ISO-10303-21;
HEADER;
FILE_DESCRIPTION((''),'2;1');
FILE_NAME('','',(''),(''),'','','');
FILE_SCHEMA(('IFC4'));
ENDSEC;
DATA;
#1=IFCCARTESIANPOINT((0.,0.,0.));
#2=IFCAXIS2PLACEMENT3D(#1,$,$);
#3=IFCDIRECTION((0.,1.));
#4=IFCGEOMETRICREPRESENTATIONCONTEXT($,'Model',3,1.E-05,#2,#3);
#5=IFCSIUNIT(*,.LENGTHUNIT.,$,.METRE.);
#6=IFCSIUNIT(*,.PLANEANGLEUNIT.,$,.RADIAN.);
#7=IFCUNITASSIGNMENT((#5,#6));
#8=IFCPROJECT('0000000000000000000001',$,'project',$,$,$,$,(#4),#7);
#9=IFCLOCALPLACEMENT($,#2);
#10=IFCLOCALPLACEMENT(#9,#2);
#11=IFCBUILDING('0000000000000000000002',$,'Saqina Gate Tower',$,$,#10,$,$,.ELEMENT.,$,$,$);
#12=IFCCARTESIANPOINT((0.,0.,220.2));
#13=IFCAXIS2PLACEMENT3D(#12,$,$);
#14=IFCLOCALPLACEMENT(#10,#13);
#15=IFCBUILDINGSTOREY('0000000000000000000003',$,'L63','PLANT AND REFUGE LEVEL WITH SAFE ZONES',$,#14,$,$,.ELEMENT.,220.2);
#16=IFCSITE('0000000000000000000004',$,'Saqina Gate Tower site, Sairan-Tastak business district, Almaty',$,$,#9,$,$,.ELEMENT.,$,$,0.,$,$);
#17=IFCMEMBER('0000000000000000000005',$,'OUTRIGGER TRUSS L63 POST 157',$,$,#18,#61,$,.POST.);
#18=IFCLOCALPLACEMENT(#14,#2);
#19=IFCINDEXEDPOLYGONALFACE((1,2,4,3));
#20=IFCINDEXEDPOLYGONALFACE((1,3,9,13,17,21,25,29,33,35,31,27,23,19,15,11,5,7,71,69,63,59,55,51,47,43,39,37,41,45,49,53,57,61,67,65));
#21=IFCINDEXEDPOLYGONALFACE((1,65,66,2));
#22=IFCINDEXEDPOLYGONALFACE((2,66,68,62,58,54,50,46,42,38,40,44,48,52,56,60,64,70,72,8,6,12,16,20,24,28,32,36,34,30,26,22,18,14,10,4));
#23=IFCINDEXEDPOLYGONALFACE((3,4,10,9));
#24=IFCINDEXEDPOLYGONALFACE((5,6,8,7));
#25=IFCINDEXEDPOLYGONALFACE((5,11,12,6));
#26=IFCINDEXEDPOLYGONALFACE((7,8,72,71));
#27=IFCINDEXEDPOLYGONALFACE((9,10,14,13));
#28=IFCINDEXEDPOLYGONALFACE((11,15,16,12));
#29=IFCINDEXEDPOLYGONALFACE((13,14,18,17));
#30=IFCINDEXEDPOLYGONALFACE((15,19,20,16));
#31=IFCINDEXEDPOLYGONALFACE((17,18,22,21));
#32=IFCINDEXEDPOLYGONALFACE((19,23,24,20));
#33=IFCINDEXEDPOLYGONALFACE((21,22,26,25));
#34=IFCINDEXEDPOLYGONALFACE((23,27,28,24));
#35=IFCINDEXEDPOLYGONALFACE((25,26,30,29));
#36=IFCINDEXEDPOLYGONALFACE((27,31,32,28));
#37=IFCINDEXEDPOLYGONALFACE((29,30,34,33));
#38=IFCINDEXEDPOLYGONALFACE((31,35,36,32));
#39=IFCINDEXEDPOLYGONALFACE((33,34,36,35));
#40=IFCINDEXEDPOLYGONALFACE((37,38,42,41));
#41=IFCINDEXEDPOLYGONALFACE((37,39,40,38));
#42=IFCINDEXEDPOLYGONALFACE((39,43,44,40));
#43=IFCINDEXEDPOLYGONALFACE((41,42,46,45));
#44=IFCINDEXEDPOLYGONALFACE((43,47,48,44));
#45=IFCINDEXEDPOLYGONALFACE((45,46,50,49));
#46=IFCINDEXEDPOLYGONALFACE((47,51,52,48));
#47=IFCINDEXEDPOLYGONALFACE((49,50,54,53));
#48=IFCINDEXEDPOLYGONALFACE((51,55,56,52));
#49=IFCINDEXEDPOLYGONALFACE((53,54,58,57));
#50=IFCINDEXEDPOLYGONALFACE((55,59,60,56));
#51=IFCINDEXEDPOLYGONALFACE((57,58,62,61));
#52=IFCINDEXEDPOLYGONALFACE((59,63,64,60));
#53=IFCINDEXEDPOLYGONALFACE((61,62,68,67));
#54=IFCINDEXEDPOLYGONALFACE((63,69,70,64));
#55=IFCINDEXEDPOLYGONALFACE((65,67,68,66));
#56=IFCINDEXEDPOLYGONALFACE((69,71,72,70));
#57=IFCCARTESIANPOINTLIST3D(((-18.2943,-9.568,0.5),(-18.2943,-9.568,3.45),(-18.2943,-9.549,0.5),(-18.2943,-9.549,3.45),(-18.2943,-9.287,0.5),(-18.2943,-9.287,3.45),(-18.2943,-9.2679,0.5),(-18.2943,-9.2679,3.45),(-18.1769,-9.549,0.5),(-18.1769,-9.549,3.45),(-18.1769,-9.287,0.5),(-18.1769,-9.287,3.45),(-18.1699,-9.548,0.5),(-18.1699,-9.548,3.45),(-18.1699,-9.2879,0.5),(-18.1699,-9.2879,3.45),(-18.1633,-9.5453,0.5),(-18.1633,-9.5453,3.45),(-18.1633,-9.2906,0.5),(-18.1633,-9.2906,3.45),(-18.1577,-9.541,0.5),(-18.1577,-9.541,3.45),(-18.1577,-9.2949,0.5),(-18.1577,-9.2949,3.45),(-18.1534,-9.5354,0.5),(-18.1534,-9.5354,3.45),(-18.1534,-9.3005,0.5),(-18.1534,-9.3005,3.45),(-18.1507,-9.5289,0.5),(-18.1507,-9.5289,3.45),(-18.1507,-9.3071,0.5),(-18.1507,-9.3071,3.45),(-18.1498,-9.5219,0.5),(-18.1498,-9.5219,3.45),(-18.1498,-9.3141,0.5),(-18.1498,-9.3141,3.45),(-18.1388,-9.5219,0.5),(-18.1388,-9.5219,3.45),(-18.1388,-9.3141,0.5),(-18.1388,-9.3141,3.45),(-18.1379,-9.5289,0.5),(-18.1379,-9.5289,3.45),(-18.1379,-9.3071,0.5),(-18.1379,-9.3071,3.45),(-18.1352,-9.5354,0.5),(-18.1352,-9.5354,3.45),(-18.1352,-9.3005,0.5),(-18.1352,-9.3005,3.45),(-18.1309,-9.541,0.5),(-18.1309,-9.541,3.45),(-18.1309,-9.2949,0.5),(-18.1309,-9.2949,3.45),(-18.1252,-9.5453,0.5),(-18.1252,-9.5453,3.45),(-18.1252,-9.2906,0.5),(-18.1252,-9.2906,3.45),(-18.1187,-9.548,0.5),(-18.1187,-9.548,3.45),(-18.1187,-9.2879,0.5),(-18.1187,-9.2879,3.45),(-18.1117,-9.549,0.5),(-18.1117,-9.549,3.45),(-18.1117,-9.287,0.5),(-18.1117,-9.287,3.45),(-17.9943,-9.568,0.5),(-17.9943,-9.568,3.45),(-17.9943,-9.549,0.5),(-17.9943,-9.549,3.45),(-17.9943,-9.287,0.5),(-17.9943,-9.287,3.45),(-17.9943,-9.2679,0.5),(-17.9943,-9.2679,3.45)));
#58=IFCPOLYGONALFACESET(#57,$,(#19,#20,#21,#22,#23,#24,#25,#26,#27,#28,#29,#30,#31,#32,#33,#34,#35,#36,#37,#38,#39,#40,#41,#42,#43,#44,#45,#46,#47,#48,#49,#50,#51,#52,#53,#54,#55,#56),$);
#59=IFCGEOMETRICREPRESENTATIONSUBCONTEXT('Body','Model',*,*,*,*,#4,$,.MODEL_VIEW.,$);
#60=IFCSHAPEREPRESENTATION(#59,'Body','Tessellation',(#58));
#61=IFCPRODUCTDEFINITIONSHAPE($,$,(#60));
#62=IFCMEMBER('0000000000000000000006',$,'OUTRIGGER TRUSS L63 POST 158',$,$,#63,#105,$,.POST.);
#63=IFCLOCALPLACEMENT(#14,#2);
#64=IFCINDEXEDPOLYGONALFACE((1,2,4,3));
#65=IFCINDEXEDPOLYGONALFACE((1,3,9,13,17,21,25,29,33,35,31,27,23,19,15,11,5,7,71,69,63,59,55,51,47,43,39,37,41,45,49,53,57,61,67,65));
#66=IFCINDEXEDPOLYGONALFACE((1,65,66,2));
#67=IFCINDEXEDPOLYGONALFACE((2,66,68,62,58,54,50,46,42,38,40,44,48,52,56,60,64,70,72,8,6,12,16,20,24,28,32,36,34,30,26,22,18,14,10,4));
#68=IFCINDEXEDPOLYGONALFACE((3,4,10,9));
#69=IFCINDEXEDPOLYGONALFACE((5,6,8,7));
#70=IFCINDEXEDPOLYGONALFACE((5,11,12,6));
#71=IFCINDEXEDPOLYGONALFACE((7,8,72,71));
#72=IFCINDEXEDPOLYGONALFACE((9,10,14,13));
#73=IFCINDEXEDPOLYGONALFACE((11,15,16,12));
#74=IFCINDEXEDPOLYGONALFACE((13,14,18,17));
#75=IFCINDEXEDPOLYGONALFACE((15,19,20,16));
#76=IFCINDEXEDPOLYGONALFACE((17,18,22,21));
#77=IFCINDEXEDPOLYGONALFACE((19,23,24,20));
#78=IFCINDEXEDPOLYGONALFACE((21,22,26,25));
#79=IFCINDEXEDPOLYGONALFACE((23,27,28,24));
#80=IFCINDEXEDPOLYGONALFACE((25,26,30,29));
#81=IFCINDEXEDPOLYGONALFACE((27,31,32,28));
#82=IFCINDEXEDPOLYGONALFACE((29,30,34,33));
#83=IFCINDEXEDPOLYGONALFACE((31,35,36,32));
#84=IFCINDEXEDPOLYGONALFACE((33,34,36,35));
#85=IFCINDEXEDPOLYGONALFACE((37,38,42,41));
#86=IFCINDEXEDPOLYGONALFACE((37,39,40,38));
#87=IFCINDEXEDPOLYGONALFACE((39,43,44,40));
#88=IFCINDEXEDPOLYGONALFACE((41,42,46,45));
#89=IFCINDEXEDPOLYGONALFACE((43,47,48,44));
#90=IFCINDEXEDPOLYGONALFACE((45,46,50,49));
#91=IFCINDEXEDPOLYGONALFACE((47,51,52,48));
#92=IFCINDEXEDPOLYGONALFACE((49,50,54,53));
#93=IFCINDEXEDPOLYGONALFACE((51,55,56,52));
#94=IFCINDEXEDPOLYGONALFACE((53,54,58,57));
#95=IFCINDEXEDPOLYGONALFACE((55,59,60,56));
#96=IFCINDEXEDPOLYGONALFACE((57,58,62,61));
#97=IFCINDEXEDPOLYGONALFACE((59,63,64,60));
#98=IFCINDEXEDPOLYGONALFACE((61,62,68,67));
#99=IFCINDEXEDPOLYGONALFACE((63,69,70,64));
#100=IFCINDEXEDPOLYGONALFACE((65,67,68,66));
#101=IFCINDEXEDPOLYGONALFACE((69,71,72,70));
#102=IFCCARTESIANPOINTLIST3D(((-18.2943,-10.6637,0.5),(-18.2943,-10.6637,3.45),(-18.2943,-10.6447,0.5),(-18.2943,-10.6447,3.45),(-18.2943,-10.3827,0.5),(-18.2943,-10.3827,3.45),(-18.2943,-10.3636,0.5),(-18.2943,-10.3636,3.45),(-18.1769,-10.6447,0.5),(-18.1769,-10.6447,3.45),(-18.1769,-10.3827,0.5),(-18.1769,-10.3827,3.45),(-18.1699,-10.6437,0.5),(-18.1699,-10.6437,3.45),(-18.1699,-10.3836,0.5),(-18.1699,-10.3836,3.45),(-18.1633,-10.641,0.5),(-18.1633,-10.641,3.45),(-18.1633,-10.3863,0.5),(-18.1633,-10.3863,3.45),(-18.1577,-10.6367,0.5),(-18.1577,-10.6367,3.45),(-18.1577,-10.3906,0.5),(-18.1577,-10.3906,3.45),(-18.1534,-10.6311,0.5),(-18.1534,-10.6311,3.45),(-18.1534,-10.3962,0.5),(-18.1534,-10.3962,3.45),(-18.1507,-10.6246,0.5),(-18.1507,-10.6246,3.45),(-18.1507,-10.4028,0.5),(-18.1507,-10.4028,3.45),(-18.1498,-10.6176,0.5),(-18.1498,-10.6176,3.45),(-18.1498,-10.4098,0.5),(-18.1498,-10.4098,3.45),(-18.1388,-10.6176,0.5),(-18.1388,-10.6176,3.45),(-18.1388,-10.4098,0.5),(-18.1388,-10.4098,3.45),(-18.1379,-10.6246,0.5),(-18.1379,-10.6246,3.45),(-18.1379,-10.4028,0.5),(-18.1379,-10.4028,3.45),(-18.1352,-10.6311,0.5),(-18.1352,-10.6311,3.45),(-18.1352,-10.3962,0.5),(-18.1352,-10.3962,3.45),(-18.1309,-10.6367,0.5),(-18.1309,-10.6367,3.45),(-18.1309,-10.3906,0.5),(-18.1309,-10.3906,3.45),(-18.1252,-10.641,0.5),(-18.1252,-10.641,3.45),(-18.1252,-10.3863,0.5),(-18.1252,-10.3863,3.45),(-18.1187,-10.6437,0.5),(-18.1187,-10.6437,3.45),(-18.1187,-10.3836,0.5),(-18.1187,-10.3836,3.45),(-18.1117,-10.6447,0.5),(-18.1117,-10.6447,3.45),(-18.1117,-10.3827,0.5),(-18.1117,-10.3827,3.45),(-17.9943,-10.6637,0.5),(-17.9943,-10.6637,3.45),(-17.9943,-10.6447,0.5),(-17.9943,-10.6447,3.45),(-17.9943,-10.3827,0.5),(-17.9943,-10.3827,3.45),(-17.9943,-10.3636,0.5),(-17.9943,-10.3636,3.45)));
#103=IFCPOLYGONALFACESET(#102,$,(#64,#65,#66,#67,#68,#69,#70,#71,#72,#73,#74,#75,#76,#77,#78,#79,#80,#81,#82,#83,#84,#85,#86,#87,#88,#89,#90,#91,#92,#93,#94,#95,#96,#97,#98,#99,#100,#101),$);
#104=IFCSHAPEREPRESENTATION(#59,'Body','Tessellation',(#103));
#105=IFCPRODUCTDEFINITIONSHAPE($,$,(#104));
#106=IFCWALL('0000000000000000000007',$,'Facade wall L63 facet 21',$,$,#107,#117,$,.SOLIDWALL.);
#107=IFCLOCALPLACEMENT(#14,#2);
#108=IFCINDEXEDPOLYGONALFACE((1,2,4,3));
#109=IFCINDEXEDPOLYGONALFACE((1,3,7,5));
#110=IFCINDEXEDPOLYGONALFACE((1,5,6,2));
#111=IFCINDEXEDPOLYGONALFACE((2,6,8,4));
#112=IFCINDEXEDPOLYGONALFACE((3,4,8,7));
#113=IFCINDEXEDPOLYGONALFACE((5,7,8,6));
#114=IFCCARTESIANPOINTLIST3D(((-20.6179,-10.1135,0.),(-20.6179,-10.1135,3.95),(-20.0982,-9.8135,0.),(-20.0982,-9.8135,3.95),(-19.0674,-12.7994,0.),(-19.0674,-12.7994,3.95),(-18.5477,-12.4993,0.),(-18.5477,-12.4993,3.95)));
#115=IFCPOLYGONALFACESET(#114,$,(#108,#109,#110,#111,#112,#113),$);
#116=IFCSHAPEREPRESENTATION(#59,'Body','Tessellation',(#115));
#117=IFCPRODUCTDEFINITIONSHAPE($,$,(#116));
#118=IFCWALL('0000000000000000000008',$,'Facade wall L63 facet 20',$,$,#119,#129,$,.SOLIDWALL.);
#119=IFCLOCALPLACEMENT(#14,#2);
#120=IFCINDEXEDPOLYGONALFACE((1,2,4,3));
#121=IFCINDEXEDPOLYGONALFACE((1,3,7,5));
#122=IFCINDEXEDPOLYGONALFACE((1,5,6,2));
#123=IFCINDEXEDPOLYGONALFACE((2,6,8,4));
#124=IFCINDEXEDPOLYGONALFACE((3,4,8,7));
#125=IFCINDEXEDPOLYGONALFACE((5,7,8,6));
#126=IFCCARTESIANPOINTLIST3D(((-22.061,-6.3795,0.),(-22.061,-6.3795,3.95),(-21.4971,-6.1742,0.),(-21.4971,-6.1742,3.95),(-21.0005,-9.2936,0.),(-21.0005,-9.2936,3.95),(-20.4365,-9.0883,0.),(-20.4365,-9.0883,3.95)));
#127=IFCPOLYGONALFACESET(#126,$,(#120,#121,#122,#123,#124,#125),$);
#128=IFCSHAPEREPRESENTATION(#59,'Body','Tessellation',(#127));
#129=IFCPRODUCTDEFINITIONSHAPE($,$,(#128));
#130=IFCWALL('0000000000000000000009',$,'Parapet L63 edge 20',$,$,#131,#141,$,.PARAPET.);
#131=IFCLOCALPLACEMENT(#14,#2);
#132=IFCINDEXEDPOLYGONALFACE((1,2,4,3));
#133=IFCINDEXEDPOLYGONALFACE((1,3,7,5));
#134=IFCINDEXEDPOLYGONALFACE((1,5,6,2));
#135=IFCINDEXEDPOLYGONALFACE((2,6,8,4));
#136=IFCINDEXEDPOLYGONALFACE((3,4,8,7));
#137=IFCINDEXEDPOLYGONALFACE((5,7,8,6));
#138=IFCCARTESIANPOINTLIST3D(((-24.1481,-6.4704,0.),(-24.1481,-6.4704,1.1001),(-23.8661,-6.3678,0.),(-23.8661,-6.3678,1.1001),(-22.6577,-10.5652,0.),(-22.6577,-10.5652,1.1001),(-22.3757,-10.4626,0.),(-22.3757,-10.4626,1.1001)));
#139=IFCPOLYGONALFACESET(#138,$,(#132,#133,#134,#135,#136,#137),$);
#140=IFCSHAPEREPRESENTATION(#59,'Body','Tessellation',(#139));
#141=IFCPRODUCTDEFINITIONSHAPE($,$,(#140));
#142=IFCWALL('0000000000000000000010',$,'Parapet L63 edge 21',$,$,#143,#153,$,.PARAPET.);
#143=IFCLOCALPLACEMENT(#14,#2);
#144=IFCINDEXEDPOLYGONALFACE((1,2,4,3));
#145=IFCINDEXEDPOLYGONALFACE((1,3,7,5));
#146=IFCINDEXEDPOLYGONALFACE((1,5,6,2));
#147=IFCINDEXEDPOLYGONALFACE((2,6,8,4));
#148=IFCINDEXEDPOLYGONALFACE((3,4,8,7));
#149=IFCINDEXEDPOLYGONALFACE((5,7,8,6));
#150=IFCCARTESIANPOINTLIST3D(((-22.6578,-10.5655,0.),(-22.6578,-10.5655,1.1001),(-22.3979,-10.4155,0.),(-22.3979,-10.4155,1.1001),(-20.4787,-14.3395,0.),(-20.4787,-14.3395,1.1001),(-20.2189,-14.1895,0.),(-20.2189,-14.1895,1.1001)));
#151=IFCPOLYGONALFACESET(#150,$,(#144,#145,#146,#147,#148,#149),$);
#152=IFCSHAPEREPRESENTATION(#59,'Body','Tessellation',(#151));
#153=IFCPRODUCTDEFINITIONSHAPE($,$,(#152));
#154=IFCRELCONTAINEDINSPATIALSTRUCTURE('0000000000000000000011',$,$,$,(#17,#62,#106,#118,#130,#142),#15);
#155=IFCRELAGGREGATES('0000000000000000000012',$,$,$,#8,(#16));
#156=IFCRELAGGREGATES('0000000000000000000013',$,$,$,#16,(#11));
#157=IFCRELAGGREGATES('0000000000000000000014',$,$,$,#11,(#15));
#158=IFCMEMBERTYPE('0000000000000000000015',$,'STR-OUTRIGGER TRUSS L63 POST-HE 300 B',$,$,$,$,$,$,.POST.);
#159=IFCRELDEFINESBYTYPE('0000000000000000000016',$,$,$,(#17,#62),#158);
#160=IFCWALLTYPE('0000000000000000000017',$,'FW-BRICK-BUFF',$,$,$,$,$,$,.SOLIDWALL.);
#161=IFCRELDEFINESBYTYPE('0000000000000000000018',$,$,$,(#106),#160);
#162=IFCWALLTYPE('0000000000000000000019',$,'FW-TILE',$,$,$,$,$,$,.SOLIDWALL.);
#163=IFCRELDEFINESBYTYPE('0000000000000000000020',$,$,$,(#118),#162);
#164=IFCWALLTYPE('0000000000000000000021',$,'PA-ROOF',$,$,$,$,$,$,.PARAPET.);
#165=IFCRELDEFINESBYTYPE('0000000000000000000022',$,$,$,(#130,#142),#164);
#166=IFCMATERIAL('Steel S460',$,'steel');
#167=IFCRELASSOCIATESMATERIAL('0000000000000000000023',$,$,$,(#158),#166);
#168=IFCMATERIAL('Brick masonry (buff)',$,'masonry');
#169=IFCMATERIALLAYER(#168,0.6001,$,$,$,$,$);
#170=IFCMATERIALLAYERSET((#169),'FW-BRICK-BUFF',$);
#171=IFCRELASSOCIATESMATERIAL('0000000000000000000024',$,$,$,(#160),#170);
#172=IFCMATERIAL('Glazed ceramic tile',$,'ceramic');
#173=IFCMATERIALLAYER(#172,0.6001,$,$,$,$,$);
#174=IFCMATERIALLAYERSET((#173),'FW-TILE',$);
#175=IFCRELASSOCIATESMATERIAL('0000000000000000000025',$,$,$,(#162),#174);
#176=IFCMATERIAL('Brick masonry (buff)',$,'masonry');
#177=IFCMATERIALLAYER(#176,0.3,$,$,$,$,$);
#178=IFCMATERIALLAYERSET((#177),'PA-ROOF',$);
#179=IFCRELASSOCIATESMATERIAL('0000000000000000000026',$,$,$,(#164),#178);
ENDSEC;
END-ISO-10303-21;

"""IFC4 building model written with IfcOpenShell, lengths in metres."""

from ifc_helpers import new_model, si_unit, direction, frame, frame_2d, origin, origin_2d, place, context, subcontext, project, spatial, rectangle, i_section, extrude, material, layer, layer_set, material_profile, profile_set, type_object, element, save


model = new_model("IFC4")

# Units and contexts
model_context = context("Model", 3, precision=1e-05, world=origin(), true_north=direction((0.0, 1.0)))
body_context = subcontext(model_context, "Body", "Model", "MODEL_VIEW")
ifc_project = project(units=[si_unit("LENGTHUNIT", "METRE"), si_unit("PLANEANGLEUNIT", "RADIAN")], contexts=[model_context])

# Site, building, storey
site_placement = place(None, origin())
site = spatial("IfcSite", under=ifc_project, at=site_placement, Name="Saqina Gate Tower site, Sairan-Tastak business district, Almaty", CompositionType="ELEMENT", RefElevation=0.0)
building_placement = place(site_placement, origin())
building = spatial("IfcBuilding", under=site, at=building_placement, Name="Saqina Gate Tower", CompositionType="ELEMENT")
storey_placement = place(building_placement, frame((0.0, 0.0, 220.2)))
storey = spatial("IfcBuildingStorey", under=building, at=storey_placement, Name="L63", Description="PLANT AND REFUGE LEVEL WITH SAFE ZONES", CompositionType="ELEMENT", Elevation=220.2)

# Members
ifc_material_1 = material(Name="Steel S460", Category="steel")
ifc_material_profile_1 = material_profile(ifc_material_1, i_section(OverallWidth=0.3, OverallDepth=0.3, WebThickness=0.011, FlangeThickness=0.019, FilletRadius=0.0271, at=origin_2d()), Name="HE 300 B")
ifc_profile_set_1 = profile_set([ifc_material_profile_1], Name="Steel S460")
member_type_1 = type_object("IfcMemberType", Name="STR-OUTRIGGER TRUSS L63 POST-HE 300 B", PredefinedType="POST", material=ifc_profile_set_1)
for number, where, z_axis, x_axis, name in (
    (1, (-18.1443, -9.418, 0.5), (0.0, 0.0, 1.0), (1.0, 0.0, 0.0), "OUTRIGGER TRUSS L63 POST 157"),
    (2, (-18.1443, -10.5137, 0.5), (0.0, 0.0, 1.0), (1.0, 0.0, 0.0), "OUTRIGGER TRUSS L63 POST 158"),
):
    element("IfcMember", number, at=place(storey_placement, frame(where, z_axis=z_axis, x_axis=x_axis)), inside=storey, type_object=member_type_1, Name=name, PredefinedType="POST", context=body_context, shape_type="SweptSolid", body=[
        extrude(i_section(OverallWidth=0.3, OverallDepth=0.3, WebThickness=0.011, FlangeThickness=0.019, FilletRadius=0.0271, at=origin_2d()), origin(), (0.0, 0.0, 1.0), 2.95),
    ])

# Walls
ifc_material_2 = material(Name="Brick masonry (buff)", Category="masonry")
ifc_layer_1 = layer(ifc_material_2, 0.6001)
ifc_layer_set_1 = layer_set([ifc_layer_1], Name="FW-BRICK-BUFF")
wall_type_1 = type_object("IfcWallType", Name="FW-BRICK-BUFF", PredefinedType="SOLIDWALL", material=ifc_layer_set_1)
wall_1_placement = place(storey_placement, frame((-20.3582, -9.9634, 0.0), z_axis=(0.0, 0.0, 1.0), x_axis=(0.499975, -0.86604, 0.0)))
element("IfcWall", 3, at=wall_1_placement, inside=storey, type_object=wall_type_1, Name="Facade wall L63 facet 21", PredefinedType="SOLIDWALL", context=body_context, shape_type="SweptSolid", body=[
    extrude(rectangle(XDim=3.1013, YDim=0.6001, at=frame_2d((1.5508, 0.0))), origin(), (0.0, 0.0, 1.0), 3.95),
])
ifc_material_3 = material(Name="Glazed ceramic tile", Category="ceramic")
ifc_layer_2 = layer(ifc_material_3, 0.6001)
ifc_layer_set_2 = layer_set([ifc_layer_2], Name="FW-TILE")
wall_type_2 = type_object("IfcWallType", Name="FW-TILE", PredefinedType="SOLIDWALL", material=ifc_layer_set_2)
wall_2_placement = place(storey_placement, frame((-21.7791, -6.2769, 0.0), z_axis=(0.0, 0.0, 1.0), x_axis=(0.341996, -0.939701, 0.0)))
element("IfcWall", 4, at=wall_2_placement, inside=storey, type_object=wall_type_2, Name="Facade wall L63 facet 20", PredefinedType="SOLIDWALL", context=body_context, shape_type="SweptSolid", body=[
    extrude(rectangle(XDim=3.1011, YDim=0.6001, at=frame_2d((1.5505, 0.0))), origin(), (0.0, 0.0, 1.0), 3.95),
])
ifc_material_4 = material(Name="Brick masonry (buff)", Category="masonry")
ifc_layer_3 = layer(ifc_material_4, 0.3)
ifc_layer_set_3 = layer_set([ifc_layer_3], Name="PA-ROOF")
wall_type_3 = type_object("IfcWallType", Name="PA-ROOF", PredefinedType="PARAPET", material=ifc_layer_set_3)
wall_3_placement = place(storey_placement, frame((-24.0071, -6.4192, 0.0), z_axis=(0.0, 0.0, 1.0), x_axis=(0.342026, -0.93969, 0.0)))
element("IfcWall", 5, at=wall_3_placement, inside=storey, type_object=wall_type_3, Name="Parapet L63 edge 20", PredefinedType="PARAPET", context=body_context, shape_type="SweptSolid", body=[
    extrude(rectangle(XDim=4.3577, YDim=0.3, at=frame_2d((2.1787, 0.0))), origin(), (0.0, 0.0, 1.0), 1.1001),
])
wall_4_placement = place(storey_placement, frame((-22.5278, -10.4905, 0.0), z_axis=(0.0, 0.0, 1.0), x_axis=(0.500013, -0.866018, 0.0)))
element("IfcWall", 6, at=wall_4_placement, inside=storey, type_object=wall_type_3, Name="Parapet L63 edge 21", PredefinedType="PARAPET", context=body_context, shape_type="SweptSolid", body=[
    extrude(rectangle(XDim=4.3579, YDim=0.3, at=frame_2d((2.179, 0.0))), origin(), (0.0, 0.0, 1.0), 1.1001),
])

save(model, "model.ifc")
